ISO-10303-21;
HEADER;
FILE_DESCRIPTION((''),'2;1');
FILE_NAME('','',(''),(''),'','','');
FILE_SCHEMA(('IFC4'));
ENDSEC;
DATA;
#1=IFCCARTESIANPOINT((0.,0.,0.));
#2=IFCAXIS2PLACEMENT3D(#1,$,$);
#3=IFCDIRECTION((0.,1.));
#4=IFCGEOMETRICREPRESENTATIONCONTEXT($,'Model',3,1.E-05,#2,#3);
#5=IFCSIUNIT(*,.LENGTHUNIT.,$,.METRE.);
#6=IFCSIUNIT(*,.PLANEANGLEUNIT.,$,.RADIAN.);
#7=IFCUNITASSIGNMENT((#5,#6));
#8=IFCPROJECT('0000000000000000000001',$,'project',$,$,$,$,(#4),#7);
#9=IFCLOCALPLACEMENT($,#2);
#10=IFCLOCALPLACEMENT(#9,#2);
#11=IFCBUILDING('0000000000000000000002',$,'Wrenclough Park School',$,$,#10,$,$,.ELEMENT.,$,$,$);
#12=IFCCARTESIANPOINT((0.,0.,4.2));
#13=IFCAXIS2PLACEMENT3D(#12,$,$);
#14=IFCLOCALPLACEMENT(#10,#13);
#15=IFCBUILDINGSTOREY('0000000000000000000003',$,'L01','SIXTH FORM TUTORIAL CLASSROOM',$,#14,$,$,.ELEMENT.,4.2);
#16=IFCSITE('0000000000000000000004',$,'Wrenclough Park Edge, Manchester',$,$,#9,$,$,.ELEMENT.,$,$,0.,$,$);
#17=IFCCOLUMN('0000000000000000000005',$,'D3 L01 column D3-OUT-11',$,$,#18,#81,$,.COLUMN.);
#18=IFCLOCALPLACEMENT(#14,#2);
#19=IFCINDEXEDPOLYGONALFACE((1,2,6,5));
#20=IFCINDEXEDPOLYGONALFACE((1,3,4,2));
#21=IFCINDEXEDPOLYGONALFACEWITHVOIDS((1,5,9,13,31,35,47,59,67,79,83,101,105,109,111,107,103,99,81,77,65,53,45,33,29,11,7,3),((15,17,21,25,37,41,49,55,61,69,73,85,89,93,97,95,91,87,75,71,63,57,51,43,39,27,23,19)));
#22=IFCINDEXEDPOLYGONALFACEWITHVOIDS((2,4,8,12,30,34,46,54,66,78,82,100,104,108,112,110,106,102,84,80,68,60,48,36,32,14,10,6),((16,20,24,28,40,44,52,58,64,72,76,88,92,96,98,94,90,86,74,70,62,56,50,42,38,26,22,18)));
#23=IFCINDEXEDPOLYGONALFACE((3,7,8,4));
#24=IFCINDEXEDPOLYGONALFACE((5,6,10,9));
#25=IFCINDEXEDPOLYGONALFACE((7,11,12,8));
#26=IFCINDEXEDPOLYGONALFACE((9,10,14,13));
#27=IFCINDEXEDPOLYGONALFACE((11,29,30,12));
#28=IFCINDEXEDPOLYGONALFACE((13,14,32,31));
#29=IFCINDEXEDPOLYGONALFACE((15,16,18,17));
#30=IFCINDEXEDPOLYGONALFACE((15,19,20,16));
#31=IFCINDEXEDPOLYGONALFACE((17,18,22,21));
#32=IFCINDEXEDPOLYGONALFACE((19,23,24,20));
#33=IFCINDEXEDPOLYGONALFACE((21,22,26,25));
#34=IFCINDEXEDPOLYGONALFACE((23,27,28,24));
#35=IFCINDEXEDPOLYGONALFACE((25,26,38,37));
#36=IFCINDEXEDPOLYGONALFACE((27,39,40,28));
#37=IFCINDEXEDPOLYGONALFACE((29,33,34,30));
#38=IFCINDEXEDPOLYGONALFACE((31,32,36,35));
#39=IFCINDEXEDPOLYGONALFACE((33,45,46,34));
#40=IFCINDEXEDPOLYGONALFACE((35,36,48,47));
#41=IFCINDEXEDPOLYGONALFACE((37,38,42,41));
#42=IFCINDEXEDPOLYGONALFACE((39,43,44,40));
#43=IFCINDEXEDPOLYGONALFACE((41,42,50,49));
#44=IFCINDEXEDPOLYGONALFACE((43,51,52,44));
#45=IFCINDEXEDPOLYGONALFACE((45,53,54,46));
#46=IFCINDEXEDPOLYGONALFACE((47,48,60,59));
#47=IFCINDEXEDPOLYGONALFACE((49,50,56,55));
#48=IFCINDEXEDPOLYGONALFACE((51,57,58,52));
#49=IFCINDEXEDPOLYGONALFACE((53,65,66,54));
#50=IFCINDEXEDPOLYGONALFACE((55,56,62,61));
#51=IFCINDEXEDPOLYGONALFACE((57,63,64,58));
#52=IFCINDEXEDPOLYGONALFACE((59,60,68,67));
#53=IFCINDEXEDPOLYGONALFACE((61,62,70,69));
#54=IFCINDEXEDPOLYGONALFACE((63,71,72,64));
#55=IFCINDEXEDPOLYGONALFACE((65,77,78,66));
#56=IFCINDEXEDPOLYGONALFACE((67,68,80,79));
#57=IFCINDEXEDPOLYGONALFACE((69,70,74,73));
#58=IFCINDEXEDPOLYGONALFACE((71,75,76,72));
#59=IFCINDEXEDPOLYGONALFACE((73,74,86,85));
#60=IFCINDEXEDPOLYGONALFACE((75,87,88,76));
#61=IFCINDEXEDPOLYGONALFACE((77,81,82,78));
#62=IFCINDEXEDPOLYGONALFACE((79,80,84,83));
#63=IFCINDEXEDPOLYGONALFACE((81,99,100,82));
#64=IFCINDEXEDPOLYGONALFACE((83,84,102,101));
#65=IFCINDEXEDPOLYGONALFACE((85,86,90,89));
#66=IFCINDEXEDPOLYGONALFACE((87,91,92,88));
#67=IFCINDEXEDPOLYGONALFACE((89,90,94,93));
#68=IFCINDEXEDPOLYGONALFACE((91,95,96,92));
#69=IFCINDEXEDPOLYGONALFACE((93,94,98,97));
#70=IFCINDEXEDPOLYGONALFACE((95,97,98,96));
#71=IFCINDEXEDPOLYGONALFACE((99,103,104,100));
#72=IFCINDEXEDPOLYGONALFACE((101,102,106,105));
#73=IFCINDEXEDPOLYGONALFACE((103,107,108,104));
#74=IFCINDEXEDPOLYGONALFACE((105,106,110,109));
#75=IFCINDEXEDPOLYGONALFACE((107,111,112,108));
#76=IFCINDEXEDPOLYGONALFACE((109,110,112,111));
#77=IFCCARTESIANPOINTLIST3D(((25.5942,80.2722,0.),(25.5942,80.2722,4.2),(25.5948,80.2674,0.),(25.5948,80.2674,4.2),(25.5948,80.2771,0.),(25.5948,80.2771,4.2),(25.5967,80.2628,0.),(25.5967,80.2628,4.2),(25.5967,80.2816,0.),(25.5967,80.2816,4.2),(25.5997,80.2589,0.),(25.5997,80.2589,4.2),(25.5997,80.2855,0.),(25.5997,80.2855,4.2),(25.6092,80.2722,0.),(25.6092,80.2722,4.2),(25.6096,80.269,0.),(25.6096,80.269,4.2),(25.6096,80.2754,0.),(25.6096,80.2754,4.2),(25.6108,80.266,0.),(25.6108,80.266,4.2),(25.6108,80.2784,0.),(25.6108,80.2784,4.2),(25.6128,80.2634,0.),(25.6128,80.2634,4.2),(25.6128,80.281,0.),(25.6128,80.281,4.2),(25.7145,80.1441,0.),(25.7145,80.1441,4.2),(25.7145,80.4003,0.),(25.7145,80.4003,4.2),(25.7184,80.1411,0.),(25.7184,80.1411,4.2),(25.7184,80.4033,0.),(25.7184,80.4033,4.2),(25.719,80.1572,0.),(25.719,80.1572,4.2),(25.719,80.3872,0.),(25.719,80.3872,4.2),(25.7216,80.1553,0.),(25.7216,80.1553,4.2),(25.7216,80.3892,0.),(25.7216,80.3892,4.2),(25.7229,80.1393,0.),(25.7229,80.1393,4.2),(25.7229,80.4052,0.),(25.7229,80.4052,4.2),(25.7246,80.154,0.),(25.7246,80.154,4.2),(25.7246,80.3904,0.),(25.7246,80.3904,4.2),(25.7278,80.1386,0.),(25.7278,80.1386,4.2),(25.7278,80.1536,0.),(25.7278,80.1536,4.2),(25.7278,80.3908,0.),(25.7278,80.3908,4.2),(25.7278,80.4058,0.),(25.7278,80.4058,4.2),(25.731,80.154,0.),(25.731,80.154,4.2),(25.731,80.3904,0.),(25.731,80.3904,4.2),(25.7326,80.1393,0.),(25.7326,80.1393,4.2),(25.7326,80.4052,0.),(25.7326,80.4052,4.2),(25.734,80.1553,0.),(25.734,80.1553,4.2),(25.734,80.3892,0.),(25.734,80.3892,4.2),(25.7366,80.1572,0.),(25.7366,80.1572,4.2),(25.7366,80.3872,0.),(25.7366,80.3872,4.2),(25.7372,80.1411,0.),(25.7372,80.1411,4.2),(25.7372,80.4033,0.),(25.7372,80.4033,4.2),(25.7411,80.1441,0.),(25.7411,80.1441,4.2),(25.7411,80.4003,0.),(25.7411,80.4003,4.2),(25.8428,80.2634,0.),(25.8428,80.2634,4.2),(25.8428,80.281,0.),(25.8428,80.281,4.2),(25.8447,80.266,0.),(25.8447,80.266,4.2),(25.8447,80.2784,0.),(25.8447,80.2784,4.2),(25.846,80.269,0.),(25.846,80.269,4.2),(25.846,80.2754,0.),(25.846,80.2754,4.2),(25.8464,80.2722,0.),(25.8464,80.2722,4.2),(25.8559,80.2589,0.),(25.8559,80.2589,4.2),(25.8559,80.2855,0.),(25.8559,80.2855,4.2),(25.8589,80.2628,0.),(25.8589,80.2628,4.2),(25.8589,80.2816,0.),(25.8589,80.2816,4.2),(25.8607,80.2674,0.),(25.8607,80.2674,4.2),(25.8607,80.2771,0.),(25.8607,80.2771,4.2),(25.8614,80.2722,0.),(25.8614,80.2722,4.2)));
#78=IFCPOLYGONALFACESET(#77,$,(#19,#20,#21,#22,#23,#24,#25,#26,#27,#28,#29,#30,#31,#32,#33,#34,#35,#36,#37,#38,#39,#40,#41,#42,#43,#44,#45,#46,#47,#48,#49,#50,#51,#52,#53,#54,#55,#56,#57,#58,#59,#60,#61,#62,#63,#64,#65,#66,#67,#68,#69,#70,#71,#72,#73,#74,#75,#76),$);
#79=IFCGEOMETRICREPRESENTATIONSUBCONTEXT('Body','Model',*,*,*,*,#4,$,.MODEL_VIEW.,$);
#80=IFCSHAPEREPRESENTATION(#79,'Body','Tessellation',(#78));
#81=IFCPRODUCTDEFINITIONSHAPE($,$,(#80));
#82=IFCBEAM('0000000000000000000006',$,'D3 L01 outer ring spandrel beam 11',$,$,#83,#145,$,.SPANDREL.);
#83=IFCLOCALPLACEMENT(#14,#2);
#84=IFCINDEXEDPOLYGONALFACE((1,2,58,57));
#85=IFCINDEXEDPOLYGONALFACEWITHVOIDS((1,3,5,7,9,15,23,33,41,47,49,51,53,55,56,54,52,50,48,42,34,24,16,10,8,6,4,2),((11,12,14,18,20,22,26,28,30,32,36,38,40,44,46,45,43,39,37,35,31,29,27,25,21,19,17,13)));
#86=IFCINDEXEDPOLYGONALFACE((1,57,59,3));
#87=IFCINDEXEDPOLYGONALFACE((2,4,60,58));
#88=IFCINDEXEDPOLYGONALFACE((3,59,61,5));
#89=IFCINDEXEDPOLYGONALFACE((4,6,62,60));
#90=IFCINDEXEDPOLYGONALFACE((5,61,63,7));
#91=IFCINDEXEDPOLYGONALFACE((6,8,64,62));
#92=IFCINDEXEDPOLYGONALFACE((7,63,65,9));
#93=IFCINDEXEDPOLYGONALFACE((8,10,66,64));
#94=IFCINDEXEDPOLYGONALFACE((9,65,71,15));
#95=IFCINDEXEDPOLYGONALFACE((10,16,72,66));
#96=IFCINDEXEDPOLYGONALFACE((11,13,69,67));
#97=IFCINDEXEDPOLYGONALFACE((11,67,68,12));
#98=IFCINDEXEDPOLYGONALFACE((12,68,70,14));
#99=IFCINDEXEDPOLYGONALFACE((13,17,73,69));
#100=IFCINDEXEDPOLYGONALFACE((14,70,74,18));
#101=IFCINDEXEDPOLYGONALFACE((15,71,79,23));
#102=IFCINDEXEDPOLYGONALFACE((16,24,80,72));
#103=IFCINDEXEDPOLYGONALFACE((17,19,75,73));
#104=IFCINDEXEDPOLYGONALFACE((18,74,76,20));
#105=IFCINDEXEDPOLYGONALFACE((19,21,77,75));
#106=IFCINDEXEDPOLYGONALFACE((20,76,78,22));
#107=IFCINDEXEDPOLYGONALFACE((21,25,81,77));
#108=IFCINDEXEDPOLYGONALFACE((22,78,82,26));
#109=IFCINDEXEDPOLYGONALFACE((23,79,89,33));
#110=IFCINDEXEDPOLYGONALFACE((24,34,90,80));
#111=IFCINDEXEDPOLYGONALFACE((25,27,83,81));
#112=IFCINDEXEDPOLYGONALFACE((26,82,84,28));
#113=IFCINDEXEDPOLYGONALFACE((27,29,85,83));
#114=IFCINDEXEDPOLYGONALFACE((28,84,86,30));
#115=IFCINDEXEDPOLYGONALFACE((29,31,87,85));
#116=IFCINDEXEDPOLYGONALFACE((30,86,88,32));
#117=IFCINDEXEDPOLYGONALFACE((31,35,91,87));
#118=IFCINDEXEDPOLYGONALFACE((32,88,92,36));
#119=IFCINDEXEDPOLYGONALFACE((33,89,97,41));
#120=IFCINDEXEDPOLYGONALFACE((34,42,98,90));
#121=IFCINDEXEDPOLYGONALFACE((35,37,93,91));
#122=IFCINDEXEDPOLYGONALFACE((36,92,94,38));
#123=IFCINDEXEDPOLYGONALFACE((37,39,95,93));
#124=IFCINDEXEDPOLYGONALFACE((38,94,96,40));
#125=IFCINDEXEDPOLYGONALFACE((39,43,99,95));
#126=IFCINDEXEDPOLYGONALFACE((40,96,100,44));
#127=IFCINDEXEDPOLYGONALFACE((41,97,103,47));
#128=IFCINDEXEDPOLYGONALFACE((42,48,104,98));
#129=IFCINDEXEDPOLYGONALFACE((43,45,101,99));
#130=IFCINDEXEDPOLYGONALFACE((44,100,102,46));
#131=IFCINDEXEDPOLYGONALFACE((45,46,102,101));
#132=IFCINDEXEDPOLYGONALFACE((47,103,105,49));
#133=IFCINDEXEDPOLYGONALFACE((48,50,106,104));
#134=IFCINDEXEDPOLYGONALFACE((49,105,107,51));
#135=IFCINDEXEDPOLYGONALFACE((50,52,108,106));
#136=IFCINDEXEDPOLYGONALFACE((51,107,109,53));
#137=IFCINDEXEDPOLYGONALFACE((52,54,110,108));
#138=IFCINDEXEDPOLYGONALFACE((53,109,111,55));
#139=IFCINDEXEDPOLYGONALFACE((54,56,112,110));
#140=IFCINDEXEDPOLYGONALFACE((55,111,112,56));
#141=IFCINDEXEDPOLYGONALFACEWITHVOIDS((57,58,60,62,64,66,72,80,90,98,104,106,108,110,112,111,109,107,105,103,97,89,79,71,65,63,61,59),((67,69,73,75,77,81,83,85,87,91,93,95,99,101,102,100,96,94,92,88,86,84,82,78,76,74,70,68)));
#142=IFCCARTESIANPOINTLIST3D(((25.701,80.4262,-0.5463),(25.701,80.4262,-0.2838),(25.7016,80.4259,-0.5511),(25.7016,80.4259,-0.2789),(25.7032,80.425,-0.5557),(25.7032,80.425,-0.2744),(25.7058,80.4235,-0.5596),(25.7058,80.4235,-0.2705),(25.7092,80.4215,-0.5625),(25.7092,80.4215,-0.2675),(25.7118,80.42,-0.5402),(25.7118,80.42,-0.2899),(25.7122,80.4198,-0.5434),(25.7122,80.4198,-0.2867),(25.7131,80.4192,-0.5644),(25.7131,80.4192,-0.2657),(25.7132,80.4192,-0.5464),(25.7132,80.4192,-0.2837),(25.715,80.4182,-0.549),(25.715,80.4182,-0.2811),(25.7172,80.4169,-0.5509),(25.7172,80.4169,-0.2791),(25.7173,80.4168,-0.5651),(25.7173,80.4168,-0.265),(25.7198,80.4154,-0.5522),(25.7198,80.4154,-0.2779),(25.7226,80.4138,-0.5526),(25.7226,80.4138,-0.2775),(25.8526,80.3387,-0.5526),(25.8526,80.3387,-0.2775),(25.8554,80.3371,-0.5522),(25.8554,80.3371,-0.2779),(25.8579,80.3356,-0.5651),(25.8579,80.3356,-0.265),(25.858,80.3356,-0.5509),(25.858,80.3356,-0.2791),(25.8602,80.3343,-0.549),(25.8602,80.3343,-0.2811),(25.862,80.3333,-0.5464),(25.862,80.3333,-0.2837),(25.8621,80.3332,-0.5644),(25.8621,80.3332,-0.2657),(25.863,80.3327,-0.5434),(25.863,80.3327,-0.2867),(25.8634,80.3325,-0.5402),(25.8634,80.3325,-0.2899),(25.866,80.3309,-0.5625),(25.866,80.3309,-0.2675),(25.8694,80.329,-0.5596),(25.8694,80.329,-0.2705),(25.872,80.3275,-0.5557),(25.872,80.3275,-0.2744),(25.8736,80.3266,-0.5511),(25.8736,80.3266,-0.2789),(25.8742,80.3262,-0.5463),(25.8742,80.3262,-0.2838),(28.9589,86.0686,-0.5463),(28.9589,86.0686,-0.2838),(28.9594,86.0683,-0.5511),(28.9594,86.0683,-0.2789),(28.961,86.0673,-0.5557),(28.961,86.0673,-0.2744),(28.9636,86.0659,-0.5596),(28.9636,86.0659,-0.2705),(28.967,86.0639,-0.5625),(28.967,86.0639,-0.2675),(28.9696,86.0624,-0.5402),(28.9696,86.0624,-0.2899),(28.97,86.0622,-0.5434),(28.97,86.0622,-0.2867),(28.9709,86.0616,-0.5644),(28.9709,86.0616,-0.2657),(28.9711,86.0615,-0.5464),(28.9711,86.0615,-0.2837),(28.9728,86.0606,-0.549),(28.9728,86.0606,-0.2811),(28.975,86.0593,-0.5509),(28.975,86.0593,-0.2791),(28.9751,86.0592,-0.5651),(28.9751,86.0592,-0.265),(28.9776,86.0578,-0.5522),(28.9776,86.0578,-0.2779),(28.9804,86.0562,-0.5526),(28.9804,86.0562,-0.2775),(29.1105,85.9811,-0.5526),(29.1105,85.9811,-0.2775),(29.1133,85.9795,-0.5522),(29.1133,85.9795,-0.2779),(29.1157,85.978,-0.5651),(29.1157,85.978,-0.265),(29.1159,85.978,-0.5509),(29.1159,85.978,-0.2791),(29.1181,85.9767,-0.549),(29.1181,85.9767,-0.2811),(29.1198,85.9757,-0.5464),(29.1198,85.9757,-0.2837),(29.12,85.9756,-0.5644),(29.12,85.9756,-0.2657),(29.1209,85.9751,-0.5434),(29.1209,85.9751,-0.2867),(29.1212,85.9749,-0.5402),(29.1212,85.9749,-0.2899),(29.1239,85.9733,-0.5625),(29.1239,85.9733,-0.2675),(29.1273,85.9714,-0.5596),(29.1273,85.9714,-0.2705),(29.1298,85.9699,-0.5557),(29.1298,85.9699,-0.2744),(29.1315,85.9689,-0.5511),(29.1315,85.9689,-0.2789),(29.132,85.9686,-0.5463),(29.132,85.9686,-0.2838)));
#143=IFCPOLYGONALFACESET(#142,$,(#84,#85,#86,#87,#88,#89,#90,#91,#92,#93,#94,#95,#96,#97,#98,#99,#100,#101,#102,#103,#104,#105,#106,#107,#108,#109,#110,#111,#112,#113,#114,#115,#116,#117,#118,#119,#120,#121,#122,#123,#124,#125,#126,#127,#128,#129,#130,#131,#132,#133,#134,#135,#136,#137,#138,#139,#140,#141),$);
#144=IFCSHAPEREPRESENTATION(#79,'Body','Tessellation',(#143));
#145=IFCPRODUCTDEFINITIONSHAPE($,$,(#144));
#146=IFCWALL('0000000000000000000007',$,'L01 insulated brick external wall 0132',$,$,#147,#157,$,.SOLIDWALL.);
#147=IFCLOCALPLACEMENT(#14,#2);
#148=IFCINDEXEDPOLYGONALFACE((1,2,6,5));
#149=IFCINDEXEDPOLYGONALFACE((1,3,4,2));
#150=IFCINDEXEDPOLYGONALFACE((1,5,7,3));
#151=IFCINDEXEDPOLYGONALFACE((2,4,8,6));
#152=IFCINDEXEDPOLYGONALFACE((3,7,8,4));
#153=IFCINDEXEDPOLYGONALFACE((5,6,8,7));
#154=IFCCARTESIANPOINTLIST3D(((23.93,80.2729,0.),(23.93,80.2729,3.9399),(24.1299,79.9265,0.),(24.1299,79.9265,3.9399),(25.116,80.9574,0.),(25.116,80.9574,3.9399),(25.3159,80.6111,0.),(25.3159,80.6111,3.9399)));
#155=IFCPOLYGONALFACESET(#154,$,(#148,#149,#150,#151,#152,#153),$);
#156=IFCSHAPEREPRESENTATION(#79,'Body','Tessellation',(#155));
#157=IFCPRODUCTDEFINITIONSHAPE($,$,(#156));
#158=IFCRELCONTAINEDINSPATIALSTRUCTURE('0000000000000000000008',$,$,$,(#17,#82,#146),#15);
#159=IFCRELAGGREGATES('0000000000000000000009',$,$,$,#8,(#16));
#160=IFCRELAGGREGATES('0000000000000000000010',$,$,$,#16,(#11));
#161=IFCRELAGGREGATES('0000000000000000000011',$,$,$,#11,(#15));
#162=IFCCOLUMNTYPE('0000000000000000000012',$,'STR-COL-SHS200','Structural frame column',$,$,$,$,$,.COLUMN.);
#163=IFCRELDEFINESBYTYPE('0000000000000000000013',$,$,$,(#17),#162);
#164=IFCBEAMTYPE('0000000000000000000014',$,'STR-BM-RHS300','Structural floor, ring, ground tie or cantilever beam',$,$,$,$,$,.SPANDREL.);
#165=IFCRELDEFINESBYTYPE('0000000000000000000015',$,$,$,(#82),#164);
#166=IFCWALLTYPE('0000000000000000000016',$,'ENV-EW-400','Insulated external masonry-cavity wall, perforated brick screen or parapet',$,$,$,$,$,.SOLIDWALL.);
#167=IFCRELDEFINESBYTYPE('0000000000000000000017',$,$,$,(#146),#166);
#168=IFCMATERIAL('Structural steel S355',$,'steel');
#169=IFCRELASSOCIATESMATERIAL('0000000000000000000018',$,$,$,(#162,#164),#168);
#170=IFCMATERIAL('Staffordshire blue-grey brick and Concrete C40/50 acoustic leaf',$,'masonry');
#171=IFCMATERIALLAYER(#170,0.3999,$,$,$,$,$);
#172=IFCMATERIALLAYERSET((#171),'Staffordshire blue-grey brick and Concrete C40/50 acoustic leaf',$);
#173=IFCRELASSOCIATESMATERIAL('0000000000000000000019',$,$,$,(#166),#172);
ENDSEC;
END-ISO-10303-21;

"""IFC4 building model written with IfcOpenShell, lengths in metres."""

from ifc_helpers import new_model, si_unit, direction, frame, frame_2d, origin, origin_2d, place, context, subcontext, project, spatial, rectangle, hollow_rectangle, extrude, material, layer, layer_set, material_profile, profile_set, type_object, element, save


model = new_model("IFC4")

# Units and contexts
model_context = context("Model", 3, precision=1e-05, world=origin(), true_north=direction((0.0, 1.0)))
body_context = subcontext(model_context, "Body", "Model", "MODEL_VIEW")
ifc_project = project(units=[si_unit("LENGTHUNIT", "METRE"), si_unit("PLANEANGLEUNIT", "RADIAN")], contexts=[model_context])

# Site, building, storey
site_placement = place(None, origin())
site = spatial("IfcSite", under=ifc_project, at=site_placement, Name="Wrenclough Park Edge, Manchester", CompositionType="ELEMENT", RefElevation=0.0)
building_placement = place(site_placement, origin())
building = spatial("IfcBuilding", under=site, at=building_placement, Name="Wrenclough Park School", CompositionType="ELEMENT")
storey_placement = place(building_placement, frame((0.0, 0.0, 4.2)))
storey = spatial("IfcBuildingStorey", under=building, at=storey_placement, Name="L01", Description="SIXTH FORM TUTORIAL CLASSROOM", CompositionType="ELEMENT", Elevation=4.2)

# Column
ifc_material_1 = material(Name="Structural steel S355", Category="steel")
ifc_material_profile_1 = material_profile(ifc_material_1, hollow_rectangle(XDim=0.2, YDim=0.2, WallThickness=0.0125, InnerFilletRadius=0.0125, OuterFilletRadius=0.0188, at=origin_2d()), Name="SHS 200x200x12.5")
ifc_profile_set_1 = profile_set([ifc_material_profile_1], Name="Structural steel S355")
column_type = type_object("IfcColumnType", Name="STR-COL-SHS200", Description="Structural frame column", PredefinedType="COLUMN", material=ifc_profile_set_1)
column_placement = place(storey_placement, frame((25.7278, 80.2722, 0.0), z_axis=(0.0, 0.0, 1.0), x_axis=(0.707107, 0.707107, 0.0)))
element("IfcColumn", 1, at=column_placement, inside=storey, type_object=column_type, Name="D3 L01 column D3-OUT-11", PredefinedType="COLUMN", context=body_context, shape_type="SweptSolid", body=[
    extrude(hollow_rectangle(XDim=0.2, YDim=0.2, WallThickness=0.0125, InnerFilletRadius=0.0125, OuterFilletRadius=0.0188, at=origin_2d()), origin(), (0.0, 0.0, 1.0), 4.2),
])

# Beam
ifc_material_profile_2 = material_profile(ifc_material_1, hollow_rectangle(XDim=0.2, YDim=0.3, WallThickness=0.0125, InnerFilletRadius=0.0125, OuterFilletRadius=0.0188, at=origin_2d()), Name="RHS 300x200x12.5")
ifc_profile_set_2 = profile_set([ifc_material_profile_2], Name="Structural steel S355")
beam_type = type_object("IfcBeamType", Name="STR-BM-RHS300", Description="Structural floor, ring, ground tie or cantilever beam", PredefinedType="SPANDREL", material=ifc_profile_set_2)
beam_placement = place(storey_placement, frame((25.7876, 80.3762, -0.415), z_axis=(0.500024, 0.866011, 0.0), x_axis=(-0.866011, 0.500024, 0.0)))
element("IfcBeam", 2, at=beam_placement, inside=storey, type_object=beam_type, Name="D3 L01 outer ring spandrel beam 11", PredefinedType="SPANDREL", context=body_context, shape_type="SweptSolid", body=[
    extrude(hollow_rectangle(XDim=0.2, YDim=0.3, WallThickness=0.0125, InnerFilletRadius=0.0125, OuterFilletRadius=0.0188, at=origin_2d()), origin(), (0.0, 0.0, 1.0), 6.5154),
])

# Wall
ifc_material_2 = material(Name="Staffordshire blue-grey brick and Concrete C40/50 acoustic leaf", Category="masonry")
ifc_layer_1 = layer(ifc_material_2, 0.3999)
ifc_layer_set_1 = layer_set([ifc_layer_1], Name="Staffordshire blue-grey brick and Concrete C40/50 acoustic leaf")
wall_type_1 = type_object("IfcWallType", Name="ENV-EW-400", Description="Insulated external masonry-cavity wall, perforated brick screen or parapet", PredefinedType="SOLIDWALL", material=ifc_layer_set_1)
wall_1_placement = place(storey_placement, frame((25.2158, 80.7842, 0.0), z_axis=(0.0, 0.0, 1.0), x_axis=(-0.866085, -0.499897, 0.0)))
element("IfcWall", 3, at=wall_1_placement, inside=storey, type_object=wall_type_1, Name="L01 insulated brick external wall 0132", PredefinedType="SOLIDWALL", context=body_context, shape_type="SweptSolid", body=[
    extrude(rectangle(XDim=1.3694, YDim=0.3999, at=frame_2d((0.6846, 0.0))), origin(), (0.0, 0.0, 1.0), 3.9399),
])

save(model, "model.ifc")
